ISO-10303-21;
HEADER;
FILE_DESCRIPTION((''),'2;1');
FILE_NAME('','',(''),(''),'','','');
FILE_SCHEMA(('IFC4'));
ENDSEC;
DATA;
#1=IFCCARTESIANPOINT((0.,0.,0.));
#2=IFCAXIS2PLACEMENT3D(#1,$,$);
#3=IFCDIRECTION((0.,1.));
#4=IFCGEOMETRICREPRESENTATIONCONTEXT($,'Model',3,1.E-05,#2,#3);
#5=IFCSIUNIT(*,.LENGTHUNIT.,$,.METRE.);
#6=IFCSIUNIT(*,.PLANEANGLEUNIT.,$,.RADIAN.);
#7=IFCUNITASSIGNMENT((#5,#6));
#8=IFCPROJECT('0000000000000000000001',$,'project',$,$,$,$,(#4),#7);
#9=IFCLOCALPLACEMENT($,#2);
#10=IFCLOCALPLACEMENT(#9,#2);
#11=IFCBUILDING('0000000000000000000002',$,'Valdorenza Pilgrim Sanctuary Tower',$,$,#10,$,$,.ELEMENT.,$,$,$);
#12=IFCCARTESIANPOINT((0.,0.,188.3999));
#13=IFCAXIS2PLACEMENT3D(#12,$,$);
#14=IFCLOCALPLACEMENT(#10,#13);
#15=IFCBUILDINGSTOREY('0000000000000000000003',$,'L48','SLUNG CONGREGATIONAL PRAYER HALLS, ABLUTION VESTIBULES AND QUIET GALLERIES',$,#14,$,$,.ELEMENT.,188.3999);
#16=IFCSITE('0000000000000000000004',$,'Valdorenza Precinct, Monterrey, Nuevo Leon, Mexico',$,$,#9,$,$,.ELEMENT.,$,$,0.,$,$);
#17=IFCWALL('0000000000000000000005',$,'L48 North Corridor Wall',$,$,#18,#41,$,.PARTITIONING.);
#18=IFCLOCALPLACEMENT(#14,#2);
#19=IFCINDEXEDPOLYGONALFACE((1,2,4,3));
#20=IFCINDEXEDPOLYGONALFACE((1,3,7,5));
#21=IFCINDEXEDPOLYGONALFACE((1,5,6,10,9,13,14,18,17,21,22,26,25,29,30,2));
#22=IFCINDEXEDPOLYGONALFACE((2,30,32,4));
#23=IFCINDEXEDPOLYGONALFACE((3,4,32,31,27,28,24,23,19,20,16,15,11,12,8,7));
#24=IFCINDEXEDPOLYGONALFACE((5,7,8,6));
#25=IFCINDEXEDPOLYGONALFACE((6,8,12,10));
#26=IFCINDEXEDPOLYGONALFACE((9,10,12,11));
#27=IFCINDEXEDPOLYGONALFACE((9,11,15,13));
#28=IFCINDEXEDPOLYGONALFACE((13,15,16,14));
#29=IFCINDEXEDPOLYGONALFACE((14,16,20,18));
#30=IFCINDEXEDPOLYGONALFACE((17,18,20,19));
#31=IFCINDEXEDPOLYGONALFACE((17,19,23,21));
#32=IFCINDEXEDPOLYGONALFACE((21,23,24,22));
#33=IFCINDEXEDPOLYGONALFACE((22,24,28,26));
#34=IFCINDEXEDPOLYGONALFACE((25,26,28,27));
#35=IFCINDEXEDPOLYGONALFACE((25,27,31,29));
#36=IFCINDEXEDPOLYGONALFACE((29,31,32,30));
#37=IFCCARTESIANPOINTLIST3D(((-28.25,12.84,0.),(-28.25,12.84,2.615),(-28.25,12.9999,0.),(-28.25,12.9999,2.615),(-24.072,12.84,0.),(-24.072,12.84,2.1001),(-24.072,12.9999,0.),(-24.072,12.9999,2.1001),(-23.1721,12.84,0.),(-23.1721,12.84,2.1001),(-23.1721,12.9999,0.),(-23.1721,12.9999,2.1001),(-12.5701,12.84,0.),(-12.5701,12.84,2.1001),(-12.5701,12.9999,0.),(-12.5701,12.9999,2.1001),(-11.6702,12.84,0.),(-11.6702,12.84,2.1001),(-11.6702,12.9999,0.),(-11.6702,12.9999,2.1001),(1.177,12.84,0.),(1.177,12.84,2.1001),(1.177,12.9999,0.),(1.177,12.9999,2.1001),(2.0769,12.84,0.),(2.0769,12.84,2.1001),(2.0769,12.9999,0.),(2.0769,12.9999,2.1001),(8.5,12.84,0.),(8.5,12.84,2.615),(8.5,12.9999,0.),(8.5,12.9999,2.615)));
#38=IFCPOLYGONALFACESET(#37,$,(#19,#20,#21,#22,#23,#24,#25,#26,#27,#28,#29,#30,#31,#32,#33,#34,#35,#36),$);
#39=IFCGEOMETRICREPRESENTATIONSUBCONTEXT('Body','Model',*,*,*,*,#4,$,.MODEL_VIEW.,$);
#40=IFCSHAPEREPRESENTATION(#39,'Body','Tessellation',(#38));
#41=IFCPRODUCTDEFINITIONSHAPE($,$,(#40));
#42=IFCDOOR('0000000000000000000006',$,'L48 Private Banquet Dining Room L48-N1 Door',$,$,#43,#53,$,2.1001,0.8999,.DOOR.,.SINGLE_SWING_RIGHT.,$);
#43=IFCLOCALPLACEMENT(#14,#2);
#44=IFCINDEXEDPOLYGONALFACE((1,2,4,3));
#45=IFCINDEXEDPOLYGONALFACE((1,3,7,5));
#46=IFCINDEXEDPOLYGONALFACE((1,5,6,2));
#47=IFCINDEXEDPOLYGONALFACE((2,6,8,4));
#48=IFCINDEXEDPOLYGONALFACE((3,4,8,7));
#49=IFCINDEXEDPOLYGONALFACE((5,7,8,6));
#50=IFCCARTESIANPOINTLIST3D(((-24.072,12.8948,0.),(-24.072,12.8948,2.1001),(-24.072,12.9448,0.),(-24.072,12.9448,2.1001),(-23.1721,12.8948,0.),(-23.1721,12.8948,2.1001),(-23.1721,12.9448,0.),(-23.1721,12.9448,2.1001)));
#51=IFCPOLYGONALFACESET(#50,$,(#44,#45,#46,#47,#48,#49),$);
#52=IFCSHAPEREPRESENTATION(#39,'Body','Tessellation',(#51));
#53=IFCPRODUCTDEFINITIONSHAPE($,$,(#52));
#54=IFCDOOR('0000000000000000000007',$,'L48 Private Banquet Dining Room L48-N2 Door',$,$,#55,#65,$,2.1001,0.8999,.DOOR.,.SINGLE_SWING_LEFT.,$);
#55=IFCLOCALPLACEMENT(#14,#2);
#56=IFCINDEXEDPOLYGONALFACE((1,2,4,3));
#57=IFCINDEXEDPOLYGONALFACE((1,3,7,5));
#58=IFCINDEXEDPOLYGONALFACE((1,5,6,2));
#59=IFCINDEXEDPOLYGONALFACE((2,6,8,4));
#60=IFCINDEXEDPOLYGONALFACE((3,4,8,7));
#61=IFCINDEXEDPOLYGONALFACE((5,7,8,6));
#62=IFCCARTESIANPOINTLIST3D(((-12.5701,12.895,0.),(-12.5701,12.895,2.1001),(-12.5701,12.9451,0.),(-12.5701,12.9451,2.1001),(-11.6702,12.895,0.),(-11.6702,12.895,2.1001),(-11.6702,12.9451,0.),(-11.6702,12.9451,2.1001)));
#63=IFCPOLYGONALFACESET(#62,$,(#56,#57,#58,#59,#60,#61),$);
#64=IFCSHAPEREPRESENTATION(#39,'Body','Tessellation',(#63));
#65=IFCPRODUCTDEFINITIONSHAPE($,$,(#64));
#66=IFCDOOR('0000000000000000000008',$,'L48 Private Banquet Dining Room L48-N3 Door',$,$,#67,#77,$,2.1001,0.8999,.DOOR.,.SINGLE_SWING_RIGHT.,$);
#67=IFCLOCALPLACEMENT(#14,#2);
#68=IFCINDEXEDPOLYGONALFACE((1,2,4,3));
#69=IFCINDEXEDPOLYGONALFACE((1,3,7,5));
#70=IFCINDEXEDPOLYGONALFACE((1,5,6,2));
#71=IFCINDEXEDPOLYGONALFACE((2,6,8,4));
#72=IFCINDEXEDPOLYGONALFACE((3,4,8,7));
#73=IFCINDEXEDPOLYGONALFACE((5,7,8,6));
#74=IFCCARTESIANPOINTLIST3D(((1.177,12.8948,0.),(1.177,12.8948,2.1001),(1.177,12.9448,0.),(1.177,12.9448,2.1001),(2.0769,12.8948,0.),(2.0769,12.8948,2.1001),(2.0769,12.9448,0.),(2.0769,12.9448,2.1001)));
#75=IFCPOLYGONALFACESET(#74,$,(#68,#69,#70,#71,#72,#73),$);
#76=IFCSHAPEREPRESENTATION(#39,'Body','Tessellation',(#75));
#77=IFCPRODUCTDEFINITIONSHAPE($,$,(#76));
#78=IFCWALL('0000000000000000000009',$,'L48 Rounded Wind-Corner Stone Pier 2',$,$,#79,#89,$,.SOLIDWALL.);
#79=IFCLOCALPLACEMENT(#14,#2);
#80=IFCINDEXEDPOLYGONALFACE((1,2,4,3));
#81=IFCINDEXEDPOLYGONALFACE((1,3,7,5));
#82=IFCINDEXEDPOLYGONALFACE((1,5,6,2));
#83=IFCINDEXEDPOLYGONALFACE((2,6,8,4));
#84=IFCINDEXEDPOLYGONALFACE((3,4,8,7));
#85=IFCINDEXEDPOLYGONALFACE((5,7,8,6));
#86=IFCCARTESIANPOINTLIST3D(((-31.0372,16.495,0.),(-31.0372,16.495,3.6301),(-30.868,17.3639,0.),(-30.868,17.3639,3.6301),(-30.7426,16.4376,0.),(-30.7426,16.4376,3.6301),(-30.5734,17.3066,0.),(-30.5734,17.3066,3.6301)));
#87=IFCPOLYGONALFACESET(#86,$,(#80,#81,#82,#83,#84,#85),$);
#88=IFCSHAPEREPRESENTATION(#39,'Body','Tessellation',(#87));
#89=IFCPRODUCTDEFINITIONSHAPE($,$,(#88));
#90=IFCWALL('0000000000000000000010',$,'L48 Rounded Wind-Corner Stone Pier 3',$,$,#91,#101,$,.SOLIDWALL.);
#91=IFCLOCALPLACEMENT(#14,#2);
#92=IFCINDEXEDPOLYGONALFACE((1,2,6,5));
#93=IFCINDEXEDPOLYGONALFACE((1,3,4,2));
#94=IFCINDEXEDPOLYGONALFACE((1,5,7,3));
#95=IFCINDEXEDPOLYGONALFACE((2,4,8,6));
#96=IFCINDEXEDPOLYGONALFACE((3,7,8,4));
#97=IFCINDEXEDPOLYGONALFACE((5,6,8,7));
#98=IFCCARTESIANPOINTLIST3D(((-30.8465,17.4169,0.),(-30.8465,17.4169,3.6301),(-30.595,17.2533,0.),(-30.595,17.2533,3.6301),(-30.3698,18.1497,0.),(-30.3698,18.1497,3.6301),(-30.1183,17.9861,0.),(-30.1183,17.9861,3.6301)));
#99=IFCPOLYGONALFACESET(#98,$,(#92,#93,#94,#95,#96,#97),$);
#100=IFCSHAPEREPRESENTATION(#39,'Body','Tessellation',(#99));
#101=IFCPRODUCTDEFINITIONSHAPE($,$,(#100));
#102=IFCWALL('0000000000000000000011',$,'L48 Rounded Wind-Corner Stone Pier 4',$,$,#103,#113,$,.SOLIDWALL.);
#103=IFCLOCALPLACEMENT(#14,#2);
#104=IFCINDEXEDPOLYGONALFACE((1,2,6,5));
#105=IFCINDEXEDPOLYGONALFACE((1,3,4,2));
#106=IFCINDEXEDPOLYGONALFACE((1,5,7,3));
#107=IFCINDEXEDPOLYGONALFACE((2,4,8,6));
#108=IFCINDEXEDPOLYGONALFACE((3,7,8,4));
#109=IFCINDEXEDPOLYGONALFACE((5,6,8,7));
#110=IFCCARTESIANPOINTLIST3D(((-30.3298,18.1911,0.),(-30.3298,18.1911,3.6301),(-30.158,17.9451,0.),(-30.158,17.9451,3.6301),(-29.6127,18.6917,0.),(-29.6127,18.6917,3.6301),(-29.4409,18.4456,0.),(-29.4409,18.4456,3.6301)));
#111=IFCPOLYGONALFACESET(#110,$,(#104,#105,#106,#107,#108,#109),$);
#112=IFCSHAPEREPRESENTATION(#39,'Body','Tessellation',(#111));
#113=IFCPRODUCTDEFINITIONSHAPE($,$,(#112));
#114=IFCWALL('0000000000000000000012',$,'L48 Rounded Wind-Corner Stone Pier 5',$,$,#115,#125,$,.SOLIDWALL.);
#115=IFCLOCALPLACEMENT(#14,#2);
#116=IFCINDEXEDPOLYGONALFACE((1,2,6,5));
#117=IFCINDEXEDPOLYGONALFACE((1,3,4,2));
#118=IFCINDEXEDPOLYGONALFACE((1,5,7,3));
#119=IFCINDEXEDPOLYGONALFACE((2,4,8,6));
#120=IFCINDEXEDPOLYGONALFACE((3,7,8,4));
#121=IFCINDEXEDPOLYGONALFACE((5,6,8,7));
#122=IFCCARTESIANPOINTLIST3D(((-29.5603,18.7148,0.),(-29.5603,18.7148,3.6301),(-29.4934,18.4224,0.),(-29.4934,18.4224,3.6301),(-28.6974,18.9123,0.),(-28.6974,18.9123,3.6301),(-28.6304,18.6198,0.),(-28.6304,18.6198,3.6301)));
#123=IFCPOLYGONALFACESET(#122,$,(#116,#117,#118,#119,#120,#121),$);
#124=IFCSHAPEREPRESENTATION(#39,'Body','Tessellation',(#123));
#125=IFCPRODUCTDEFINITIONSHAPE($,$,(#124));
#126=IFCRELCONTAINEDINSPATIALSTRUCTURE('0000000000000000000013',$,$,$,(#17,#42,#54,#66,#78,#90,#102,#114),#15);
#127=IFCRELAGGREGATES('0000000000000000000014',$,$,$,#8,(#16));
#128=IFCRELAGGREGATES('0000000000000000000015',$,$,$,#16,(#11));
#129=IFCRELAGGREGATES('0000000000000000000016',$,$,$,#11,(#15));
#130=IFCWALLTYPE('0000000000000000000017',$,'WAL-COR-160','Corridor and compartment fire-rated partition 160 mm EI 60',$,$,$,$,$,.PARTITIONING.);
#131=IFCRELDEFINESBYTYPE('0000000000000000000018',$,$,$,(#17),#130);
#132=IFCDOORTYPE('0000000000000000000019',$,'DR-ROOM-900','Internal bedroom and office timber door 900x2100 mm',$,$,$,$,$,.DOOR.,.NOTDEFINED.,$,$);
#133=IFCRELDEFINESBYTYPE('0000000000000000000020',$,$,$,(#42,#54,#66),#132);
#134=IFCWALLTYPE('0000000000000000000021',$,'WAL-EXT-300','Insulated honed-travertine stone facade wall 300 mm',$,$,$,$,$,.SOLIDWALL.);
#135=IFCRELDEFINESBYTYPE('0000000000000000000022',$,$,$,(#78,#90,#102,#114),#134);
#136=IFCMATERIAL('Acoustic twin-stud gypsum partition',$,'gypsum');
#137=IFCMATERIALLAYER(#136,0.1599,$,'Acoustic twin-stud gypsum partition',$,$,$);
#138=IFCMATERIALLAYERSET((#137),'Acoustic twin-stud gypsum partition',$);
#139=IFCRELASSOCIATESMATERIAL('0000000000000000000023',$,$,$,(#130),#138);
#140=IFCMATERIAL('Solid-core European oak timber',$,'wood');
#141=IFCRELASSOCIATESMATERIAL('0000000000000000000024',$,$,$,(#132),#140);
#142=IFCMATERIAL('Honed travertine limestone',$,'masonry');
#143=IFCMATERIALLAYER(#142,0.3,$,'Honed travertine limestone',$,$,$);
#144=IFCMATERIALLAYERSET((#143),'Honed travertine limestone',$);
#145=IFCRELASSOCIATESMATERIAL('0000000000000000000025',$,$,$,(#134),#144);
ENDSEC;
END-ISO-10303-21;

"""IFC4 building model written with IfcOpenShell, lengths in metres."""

from ifc_helpers import new_model, si_unit, direction, frame, frame_2d, origin, place, context, subcontext, project, spatial, rectangle, extrude, material, layer, layer_set, type_object, element, fill, save


model = new_model("IFC4")

# Units and contexts
model_context = context("Model", 3, precision=1e-05, world=origin(), true_north=direction((0.0, 1.0)))
body_context = subcontext(model_context, "Body", "Model", "MODEL_VIEW")
ifc_project = project(units=[si_unit("LENGTHUNIT", "METRE"), si_unit("PLANEANGLEUNIT", "RADIAN")], contexts=[model_context])

# Site, building, storey
site_placement = place(None, origin())
site = spatial("IfcSite", under=ifc_project, at=site_placement, Name="Valdorenza Precinct, Monterrey, Nuevo Leon, Mexico", CompositionType="ELEMENT", RefElevation=0.0)
building_placement = place(site_placement, origin())
building = spatial("IfcBuilding", under=site, at=building_placement, Name="Valdorenza Pilgrim Sanctuary Tower", CompositionType="ELEMENT")
storey_placement = place(building_placement, frame((0.0, 0.0, 188.3999)))
storey = spatial("IfcBuildingStorey", under=building, at=storey_placement, Name="L48", Description="SLUNG CONGREGATIONAL PRAYER HALLS, ABLUTION VESTIBULES AND QUIET GALLERIES", CompositionType="ELEMENT", Elevation=188.3999)

# Shared definitions
ifc_material_1 = material(Name="Honed travertine limestone", Category="masonry")

# Shared definitions
ifc_material_2 = material(Name="Acoustic twin-stud gypsum partition", Category="gypsum")
ifc_layer_1 = layer(ifc_material_2, 0.1599, Name="Acoustic twin-stud gypsum partition")
ifc_layer_set_1 = layer_set([ifc_layer_1], Name="Acoustic twin-stud gypsum partition")
wall_type_1 = type_object("IfcWallType", Name="WAL-COR-160", Description="Corridor and compartment fire-rated partition 160 mm EI 60", PredefinedType="PARTITIONING", material=ifc_layer_set_1)

# Wall, openings, doors
wall_1_placement = place(storey_placement, frame((-28.25, 12.9199, 0.0), z_axis=(0.0, 0.0, 1.0), x_axis=(1.0, 0.0, 0.0)))
wall_1 = element("IfcWall", 1, at=wall_1_placement, inside=storey, type_object=wall_type_1, Name="L48 North Corridor Wall", PredefinedType="PARTITIONING", context=body_context, shape_type="SweptSolid", body=[
    extrude(rectangle(XDim=36.75, YDim=0.1599, at=frame_2d((18.375, 0.0))), origin(), (0.0, 0.0, 1.0), 2.615),
])
opening_1_placement = place(wall_1_placement, frame((4.178, 0.0, 0.0)))
opening_1 = element("IfcOpeningElement", 2, at=opening_1_placement, cuts=wall_1, PredefinedType="OPENING", context=body_context, shape_type="SweptSolid", body=[
    extrude(rectangle(XDim=0.8999, YDim=2.1001, at=frame_2d((0.45, 1.05))), frame((0.0, 0.0947, 0.0), z_axis=(0.0, -1.0, 0.0), x_axis=(1.0, 0.0, 0.0)), (0.0, 0.0, 1.0), 0.1897),
])
opening_2_placement = place(wall_1_placement, frame((15.6799, 0.0, 0.0)))
opening_2 = element("IfcOpeningElement", 3, at=opening_2_placement, cuts=wall_1, PredefinedType="OPENING", context=body_context, shape_type="SweptSolid", body=[
    extrude(rectangle(XDim=0.8999, YDim=2.1001, at=frame_2d((0.45, 1.05))), frame((0.0, 0.0947, 0.0), z_axis=(0.0, -1.0, 0.0), x_axis=(1.0, 0.0, 0.0)), (0.0, 0.0, 1.0), 0.1897),
])
opening_3_placement = place(wall_1_placement, frame((29.427, 0.0, 0.0)))
opening_3 = element("IfcOpeningElement", 4, at=opening_3_placement, cuts=wall_1, PredefinedType="OPENING", context=body_context, shape_type="SweptSolid", body=[
    extrude(rectangle(XDim=0.8999, YDim=2.1001, at=frame_2d((0.45, 1.05))), frame((0.0, 0.0947, 0.0), z_axis=(0.0, -1.0, 0.0), x_axis=(1.0, 0.0, 0.0)), (0.0, 0.0, 1.0), 0.1897),
])
ifc_material_3 = material(Name="Solid-core European oak timber", Category="wood")
door_type = type_object("IfcDoorType", Name="DR-ROOM-900", Description="Internal bedroom and office timber door 900x2100 mm", OperationType="NOTDEFINED", PredefinedType="DOOR", material=ifc_material_3)
door_1_placement = place(opening_1_placement, origin())
door_1 = element("IfcDoor", 5, at=door_1_placement, inside=storey, type_object=door_type, Name="L48 Private Banquet Dining Room L48-N1 Door", OperationType="SINGLE_SWING_RIGHT", OverallHeight=2.1001, OverallWidth=0.8999, PredefinedType="DOOR", context=body_context, shape_type="SweptSolid", body=[
    extrude(rectangle(XDim=0.8999, YDim=2.1001, at=frame_2d((0.45, 1.05))), frame((0.0, 0.0249, 0.0), z_axis=(0.0, -1.0, 0.0), x_axis=(1.0, 0.0, 0.0)), (0.0, 0.0, 1.0), 0.05),
])
fill(opening_1, door_1)
door_2_placement = place(opening_2_placement, frame((0.8999, 0.0, 0.0), z_axis=(0.0, 0.0, 1.0), x_axis=(-1.0, 0.0, 0.0)))
door_2 = element("IfcDoor", 6, at=door_2_placement, inside=storey, type_object=door_type, Name="L48 Private Banquet Dining Room L48-N2 Door", OperationType="SINGLE_SWING_LEFT", OverallHeight=2.1001, OverallWidth=0.8999, PredefinedType="DOOR", context=body_context, shape_type="SweptSolid", body=[
    extrude(rectangle(XDim=0.8999, YDim=2.1001, at=frame_2d((0.45, 1.05))), frame((0.0, 0.0249, 0.0), z_axis=(0.0, -1.0, 0.0), x_axis=(1.0, 0.0, 0.0)), (0.0, 0.0, 1.0), 0.05),
])
fill(opening_2, door_2)
door_3_placement = place(opening_3_placement, origin())
door_3 = element("IfcDoor", 7, at=door_3_placement, inside=storey, type_object=door_type, Name="L48 Private Banquet Dining Room L48-N3 Door", OperationType="SINGLE_SWING_RIGHT", OverallHeight=2.1001, OverallWidth=0.8999, PredefinedType="DOOR", context=body_context, shape_type="SweptSolid", body=[
    extrude(rectangle(XDim=0.8999, YDim=2.1001, at=frame_2d((0.45, 1.05))), frame((0.0, 0.0249, 0.0), z_axis=(0.0, -1.0, 0.0), x_axis=(1.0, 0.0, 0.0)), (0.0, 0.0, 1.0), 0.05),
])
fill(opening_3, door_3)

# Walls
ifc_layer_2 = layer(ifc_material_1, 0.3, Name="Honed travertine limestone")
ifc_layer_set_2 = layer_set([ifc_layer_2], Name="Honed travertine limestone")
wall_type_2 = type_object("IfcWallType", Name="WAL-EXT-300", Description="Insulated honed-travertine stone facade wall 300 mm", PredefinedType="SOLIDWALL", material=ifc_layer_set_2)
wall_2_placement = place(storey_placement, frame((-30.8899, 16.4663, 0.0), z_axis=(0.0, 0.0, 1.0), x_axis=(0.191128, 0.981565, 0.0)))
element("IfcWall", 8, at=wall_2_placement, inside=storey, type_object=wall_type_2, Name="L48 Rounded Wind-Corner Stone Pier 2", PredefinedType="SOLIDWALL", context=body_context, shape_type="SweptSolid", body=[
    extrude(rectangle(XDim=0.8853, YDim=0.3, at=frame_2d((0.4426, 0.0))), origin(), (0.0, 0.0, 1.0), 3.6301),
])
wall_3_placement = place(storey_placement, frame((-30.7207, 17.3352, 0.0), z_axis=(0.0, 0.0, 1.0), x_axis=(0.545322, 0.838227, 0.0)))
element("IfcWall", 9, at=wall_3_placement, inside=storey, type_object=wall_type_2, Name="L48 Rounded Wind-Corner Stone Pier 3", PredefinedType="SOLIDWALL", context=body_context, shape_type="SweptSolid", body=[
    extrude(rectangle(XDim=0.8743, YDim=0.3, at=frame_2d((0.437, 0.0))), origin(), (0.0, 0.0, 1.0), 3.6301),
])
wall_4_placement = place(storey_placement, frame((-30.2439, 18.0681, 0.0), z_axis=(0.0, 0.0, 1.0), x_axis=(0.820005, 0.572356, 0.0)))
element("IfcWall", 10, at=wall_4_placement, inside=storey, type_object=wall_type_2, Name="L48 Rounded Wind-Corner Stone Pier 4", PredefinedType="SOLIDWALL", context=body_context, shape_type="SweptSolid", body=[
    extrude(rectangle(XDim=0.8745, YDim=0.3, at=frame_2d((0.4373, 0.0))), origin(), (0.0, 0.0, 1.0), 3.6301),
])
wall_5_placement = place(storey_placement, frame((-29.5269, 18.5686, 0.0), z_axis=(0.0, 0.0, 1.0), x_axis=(0.974799, 0.223087, 0.0)))
element("IfcWall", 11, at=wall_5_placement, inside=storey, type_object=wall_type_2, Name="L48 Rounded Wind-Corner Stone Pier 5", PredefinedType="SOLIDWALL", context=body_context, shape_type="SweptSolid", body=[
    extrude(rectangle(XDim=0.8853, YDim=0.3, at=frame_2d((0.4426, 0.0))), origin(), (0.0, 0.0, 1.0), 3.6301),
])

save(model, "model.ifc")
